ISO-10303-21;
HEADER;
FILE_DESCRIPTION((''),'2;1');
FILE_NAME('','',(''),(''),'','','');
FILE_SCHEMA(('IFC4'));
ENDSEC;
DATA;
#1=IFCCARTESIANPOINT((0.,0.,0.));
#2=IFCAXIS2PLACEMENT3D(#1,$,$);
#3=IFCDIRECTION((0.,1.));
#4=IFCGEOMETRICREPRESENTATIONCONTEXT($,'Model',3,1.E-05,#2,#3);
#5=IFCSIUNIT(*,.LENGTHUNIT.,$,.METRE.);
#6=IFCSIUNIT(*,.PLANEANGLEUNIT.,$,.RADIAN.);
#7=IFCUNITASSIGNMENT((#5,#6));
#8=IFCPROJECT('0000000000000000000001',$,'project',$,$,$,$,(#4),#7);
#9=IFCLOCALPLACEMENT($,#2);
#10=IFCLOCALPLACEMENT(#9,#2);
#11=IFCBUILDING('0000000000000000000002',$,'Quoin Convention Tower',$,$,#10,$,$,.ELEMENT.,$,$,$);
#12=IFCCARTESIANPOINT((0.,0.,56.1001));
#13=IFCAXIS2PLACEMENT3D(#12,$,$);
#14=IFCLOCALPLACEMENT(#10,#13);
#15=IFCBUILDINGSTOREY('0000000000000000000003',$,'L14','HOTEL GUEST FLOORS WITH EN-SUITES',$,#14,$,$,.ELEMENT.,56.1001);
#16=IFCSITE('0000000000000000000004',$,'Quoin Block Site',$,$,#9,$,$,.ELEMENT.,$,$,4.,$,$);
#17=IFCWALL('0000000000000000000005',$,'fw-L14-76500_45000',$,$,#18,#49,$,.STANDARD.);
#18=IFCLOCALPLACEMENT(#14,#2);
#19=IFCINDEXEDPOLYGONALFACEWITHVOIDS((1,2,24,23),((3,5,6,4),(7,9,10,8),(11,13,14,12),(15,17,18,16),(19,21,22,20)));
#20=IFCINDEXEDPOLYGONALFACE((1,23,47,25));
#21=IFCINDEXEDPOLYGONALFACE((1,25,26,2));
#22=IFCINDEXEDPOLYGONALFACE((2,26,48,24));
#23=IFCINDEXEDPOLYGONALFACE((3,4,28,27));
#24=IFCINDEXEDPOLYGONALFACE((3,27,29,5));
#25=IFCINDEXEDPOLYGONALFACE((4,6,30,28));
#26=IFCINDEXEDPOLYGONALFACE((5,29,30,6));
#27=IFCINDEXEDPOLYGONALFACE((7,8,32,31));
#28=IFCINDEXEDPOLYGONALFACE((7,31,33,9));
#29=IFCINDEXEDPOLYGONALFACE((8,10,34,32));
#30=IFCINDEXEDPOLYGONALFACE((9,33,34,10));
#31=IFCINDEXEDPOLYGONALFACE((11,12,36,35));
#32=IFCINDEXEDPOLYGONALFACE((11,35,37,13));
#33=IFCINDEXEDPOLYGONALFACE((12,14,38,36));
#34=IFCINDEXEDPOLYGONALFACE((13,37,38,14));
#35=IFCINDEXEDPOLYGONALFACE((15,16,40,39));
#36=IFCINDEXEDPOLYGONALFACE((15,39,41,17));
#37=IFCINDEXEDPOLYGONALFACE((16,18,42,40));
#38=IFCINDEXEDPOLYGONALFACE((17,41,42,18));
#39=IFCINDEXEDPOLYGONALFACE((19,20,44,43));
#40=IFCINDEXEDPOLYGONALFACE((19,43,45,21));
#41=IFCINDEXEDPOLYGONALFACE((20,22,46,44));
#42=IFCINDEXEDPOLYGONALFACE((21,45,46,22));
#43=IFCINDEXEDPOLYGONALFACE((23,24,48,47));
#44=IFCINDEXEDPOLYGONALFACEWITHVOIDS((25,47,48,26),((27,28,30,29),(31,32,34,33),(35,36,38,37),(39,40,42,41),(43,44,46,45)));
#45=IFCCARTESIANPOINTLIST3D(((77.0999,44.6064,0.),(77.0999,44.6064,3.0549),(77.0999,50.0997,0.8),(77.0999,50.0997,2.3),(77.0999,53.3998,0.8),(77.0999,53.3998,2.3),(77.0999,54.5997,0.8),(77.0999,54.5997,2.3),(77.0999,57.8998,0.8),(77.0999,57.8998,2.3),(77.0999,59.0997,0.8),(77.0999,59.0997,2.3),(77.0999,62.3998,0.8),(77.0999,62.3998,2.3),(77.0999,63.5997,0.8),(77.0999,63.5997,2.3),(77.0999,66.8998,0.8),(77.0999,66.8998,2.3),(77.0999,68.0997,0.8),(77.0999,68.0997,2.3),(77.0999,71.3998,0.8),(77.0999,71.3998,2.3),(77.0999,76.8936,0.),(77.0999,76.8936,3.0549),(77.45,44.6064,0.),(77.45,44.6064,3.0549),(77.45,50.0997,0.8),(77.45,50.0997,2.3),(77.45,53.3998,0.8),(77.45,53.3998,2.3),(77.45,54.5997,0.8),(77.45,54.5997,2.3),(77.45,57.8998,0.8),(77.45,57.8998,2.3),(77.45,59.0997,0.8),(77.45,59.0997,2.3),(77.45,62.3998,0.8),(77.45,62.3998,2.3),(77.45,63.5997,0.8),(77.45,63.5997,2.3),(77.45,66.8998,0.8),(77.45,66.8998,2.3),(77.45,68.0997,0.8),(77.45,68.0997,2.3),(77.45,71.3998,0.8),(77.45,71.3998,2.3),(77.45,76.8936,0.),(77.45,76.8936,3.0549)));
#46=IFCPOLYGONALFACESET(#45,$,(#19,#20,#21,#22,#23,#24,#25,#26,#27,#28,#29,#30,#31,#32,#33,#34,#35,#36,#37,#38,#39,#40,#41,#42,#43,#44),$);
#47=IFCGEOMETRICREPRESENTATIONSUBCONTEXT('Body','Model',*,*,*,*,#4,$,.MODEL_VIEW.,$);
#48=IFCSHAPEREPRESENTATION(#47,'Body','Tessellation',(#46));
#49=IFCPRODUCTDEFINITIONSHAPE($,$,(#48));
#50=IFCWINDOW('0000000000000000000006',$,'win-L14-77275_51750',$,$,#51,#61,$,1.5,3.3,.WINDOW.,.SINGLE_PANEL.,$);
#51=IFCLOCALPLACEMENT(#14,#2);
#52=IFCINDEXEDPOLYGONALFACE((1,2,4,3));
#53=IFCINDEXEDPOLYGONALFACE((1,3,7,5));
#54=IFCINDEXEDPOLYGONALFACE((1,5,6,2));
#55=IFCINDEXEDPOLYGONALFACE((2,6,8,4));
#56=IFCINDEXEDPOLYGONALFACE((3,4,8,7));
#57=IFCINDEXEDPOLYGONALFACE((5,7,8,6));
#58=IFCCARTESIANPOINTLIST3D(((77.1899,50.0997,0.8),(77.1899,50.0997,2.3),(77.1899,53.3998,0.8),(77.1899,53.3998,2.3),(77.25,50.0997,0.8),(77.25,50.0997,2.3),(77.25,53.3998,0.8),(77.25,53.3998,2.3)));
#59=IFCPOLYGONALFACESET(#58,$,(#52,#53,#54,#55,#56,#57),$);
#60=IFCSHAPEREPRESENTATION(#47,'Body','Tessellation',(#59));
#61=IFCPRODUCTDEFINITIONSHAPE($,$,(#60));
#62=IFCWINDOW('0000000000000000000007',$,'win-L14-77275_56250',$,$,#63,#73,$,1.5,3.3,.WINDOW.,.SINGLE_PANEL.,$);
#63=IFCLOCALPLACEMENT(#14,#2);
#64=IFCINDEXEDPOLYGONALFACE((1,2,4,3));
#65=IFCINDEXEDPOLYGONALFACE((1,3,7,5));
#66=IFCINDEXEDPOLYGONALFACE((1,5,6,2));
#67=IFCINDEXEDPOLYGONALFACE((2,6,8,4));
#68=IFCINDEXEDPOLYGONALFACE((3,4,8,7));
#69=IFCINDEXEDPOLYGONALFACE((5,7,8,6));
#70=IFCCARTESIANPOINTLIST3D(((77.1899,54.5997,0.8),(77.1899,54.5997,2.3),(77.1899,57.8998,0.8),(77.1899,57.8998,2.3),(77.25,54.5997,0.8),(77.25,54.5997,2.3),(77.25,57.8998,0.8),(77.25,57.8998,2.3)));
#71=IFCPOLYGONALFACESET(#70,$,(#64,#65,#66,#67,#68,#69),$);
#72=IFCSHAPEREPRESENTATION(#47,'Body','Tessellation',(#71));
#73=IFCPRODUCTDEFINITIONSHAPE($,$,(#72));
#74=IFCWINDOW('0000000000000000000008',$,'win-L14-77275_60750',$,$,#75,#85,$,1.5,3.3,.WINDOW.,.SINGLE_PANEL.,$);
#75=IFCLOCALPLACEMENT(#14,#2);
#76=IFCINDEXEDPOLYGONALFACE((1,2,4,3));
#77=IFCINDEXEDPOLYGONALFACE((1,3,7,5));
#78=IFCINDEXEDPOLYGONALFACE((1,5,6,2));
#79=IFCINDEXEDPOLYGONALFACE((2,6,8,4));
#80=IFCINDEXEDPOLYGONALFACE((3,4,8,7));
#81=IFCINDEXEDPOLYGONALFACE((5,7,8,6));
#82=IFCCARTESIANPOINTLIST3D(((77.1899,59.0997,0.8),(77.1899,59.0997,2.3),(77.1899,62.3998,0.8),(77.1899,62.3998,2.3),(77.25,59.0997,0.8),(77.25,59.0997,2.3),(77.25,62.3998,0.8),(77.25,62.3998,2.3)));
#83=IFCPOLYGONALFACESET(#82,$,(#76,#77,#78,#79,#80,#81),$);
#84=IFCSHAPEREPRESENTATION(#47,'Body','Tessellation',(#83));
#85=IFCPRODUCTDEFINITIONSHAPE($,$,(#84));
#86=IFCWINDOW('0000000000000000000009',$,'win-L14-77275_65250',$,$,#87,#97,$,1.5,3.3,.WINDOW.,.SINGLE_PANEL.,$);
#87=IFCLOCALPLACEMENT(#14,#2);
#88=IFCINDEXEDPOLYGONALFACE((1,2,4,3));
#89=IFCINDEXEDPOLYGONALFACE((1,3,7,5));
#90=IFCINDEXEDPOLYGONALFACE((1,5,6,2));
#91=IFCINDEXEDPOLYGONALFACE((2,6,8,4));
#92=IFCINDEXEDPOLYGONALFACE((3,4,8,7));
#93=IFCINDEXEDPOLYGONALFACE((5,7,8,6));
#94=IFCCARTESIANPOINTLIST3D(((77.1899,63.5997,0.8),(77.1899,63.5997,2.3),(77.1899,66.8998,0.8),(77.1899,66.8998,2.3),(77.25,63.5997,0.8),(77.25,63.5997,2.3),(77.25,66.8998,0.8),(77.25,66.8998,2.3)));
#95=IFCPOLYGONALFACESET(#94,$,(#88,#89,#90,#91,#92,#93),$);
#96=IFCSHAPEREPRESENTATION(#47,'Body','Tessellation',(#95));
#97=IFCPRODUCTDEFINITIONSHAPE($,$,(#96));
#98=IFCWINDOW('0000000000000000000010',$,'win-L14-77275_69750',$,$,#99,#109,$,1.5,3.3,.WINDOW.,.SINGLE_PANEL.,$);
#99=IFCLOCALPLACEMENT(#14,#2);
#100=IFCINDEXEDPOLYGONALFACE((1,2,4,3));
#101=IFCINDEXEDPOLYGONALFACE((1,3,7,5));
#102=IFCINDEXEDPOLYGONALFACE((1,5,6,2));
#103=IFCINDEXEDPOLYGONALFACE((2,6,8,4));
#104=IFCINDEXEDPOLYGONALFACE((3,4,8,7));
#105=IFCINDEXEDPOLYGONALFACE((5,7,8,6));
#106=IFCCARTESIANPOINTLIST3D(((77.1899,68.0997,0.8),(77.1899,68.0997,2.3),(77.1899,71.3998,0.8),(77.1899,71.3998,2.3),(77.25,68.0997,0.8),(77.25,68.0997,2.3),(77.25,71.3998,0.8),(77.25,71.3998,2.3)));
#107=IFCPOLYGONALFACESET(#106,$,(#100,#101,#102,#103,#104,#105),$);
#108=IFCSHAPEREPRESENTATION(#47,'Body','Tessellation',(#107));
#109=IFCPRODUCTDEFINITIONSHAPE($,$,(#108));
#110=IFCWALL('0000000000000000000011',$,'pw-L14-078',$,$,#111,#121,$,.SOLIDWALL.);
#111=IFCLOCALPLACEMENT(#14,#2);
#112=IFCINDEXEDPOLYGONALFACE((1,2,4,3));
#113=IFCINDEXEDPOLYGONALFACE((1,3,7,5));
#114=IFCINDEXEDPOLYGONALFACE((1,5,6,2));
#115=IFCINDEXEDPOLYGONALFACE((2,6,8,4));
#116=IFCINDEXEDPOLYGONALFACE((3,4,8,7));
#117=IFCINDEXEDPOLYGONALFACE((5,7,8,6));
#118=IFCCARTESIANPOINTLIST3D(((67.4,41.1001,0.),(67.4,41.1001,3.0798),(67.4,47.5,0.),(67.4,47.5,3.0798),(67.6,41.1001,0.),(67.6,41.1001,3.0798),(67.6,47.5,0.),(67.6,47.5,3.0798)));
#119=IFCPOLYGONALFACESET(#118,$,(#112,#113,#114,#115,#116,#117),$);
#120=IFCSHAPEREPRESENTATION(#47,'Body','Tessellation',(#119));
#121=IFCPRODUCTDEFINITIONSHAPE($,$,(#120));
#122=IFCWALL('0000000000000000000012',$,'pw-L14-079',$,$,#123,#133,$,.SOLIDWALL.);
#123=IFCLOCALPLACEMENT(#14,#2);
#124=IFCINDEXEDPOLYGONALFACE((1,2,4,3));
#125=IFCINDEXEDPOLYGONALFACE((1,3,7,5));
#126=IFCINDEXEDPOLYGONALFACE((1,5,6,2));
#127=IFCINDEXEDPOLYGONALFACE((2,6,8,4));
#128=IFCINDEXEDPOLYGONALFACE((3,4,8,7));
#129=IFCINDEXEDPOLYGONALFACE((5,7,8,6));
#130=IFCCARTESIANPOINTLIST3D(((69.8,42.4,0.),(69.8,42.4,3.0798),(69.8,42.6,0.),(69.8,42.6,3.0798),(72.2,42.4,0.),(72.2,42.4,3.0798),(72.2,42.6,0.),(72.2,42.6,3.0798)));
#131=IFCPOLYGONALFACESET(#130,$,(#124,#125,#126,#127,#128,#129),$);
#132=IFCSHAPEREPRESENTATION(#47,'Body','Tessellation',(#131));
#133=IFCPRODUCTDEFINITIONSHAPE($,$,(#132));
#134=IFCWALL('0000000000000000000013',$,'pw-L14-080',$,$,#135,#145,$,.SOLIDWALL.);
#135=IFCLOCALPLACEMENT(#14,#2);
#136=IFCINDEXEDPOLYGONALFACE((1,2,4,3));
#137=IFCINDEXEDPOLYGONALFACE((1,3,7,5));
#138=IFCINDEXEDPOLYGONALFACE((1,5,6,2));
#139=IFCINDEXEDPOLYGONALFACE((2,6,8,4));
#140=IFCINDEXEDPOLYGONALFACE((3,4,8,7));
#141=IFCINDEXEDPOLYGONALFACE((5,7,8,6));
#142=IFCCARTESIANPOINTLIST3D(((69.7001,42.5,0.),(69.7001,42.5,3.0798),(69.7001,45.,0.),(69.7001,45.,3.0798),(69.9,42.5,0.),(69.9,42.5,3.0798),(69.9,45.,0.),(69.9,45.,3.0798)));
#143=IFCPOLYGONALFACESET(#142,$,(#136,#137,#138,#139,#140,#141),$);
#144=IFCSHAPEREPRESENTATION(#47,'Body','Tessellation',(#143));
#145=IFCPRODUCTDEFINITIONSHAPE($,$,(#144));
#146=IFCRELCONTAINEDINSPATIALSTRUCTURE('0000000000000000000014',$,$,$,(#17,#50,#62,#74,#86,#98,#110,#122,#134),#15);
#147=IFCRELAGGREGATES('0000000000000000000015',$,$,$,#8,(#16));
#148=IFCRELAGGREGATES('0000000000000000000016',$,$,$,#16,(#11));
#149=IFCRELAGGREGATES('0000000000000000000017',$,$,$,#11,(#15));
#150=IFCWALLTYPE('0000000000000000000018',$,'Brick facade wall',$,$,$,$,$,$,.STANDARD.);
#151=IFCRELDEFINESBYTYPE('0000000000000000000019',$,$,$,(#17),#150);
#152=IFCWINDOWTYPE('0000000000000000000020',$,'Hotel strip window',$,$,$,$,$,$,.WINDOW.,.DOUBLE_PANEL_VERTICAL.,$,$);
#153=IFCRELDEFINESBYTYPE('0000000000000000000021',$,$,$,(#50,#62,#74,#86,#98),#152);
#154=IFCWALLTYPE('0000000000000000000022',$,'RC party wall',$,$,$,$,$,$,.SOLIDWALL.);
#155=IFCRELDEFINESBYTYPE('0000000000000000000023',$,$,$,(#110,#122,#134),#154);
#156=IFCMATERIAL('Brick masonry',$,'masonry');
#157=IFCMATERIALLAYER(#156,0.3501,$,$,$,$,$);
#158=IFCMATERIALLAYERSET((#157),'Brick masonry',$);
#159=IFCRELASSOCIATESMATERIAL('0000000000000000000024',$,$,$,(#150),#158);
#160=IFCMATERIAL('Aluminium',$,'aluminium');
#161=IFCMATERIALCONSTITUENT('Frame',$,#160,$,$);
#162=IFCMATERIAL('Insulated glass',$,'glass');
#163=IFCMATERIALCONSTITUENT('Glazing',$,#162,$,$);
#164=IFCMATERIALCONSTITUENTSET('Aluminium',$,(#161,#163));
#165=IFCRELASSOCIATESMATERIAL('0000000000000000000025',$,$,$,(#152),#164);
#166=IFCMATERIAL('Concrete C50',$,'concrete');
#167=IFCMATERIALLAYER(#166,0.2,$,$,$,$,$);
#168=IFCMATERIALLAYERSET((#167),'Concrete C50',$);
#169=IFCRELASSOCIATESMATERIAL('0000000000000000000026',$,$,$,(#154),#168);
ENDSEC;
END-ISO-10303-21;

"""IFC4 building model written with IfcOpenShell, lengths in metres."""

from ifc_helpers import new_model, si_unit, direction, frame, frame_2d, origin, place, context, subcontext, project, spatial, rectangle, extrude, material, layer, layer_set, constituent, constituent_set, type_object, element, fill, save


model = new_model("IFC4")

# Units and contexts
model_context = context("Model", 3, precision=1e-05, world=origin(), true_north=direction((0.0, 1.0)))
body_context = subcontext(model_context, "Body", "Model", "MODEL_VIEW")
ifc_project = project(units=[si_unit("LENGTHUNIT", "METRE"), si_unit("PLANEANGLEUNIT", "RADIAN")], contexts=[model_context])

# Site, building, storey
site_placement = place(None, origin())
site = spatial("IfcSite", under=ifc_project, at=site_placement, Name="Quoin Block Site", CompositionType="ELEMENT", RefElevation=4.0)
building_placement = place(site_placement, origin())
building = spatial("IfcBuilding", under=site, at=building_placement, Name="Quoin Convention Tower", CompositionType="ELEMENT")
storey_placement = place(building_placement, frame((0.0, 0.0, 56.1001)))
storey = spatial("IfcBuildingStorey", under=building, at=storey_placement, Name="L14", Description="HOTEL GUEST FLOORS WITH EN-SUITES", CompositionType="ELEMENT", Elevation=56.1001)

# Shared definitions
ifc_material_1 = material(Name="Brick masonry", Category="masonry")
ifc_layer_1 = layer(ifc_material_1, 0.3501)
ifc_layer_set_1 = layer_set([ifc_layer_1], Name="Brick masonry")
wall_type_1 = type_object("IfcWallType", Name="Brick facade wall", PredefinedType="STANDARD", material=ifc_layer_set_1)
ifc_material_2 = material(Name="Aluminium", Category="aluminium")
ifc_constituent_1 = constituent(ifc_material_2, Name="Frame")
ifc_material_3 = material(Name="Insulated glass", Category="glass")
ifc_constituent_2 = constituent(ifc_material_3, Name="Glazing")
ifc_constituent_set = constituent_set(constituents=[ifc_constituent_1, ifc_constituent_2], Name="Aluminium")
window_type = type_object("IfcWindowType", Name="Hotel strip window", PartitioningType="DOUBLE_PANEL_VERTICAL", PredefinedType="WINDOW", material=ifc_constituent_set)

# Wall, openings, windows
wall_1_placement = place(storey_placement, frame((77.2749, 44.6064, 0.0), z_axis=(0.0, 0.0, 1.0), x_axis=(0.0, 1.0, 0.0)))
wall_1 = element("IfcWall", 1, at=wall_1_placement, inside=storey, type_object=wall_type_1, Name="fw-L14-76500_45000", PredefinedType="STANDARD", context=body_context, shape_type="SweptSolid", body=[
    extrude(rectangle(XDim=32.2871, YDim=0.3501, at=frame_2d((16.1436, 0.0))), origin(), (0.0, 0.0, 1.0), 3.0549),
])
opening_1_placement = place(wall_1_placement, frame((5.4934, 0.0, 0.8)))
opening_1 = element("IfcOpeningElement", 2, at=opening_1_placement, cuts=wall_1, PredefinedType="OPENING", context=body_context, shape_type="SweptSolid", body=[
    extrude(rectangle(XDim=3.3, YDim=1.5, at=frame_2d((1.6499, 0.75))), frame((0.0, 0.1851, 0.0), z_axis=(0.0, -1.0, 0.0), x_axis=(1.0, 0.0, 0.0)), (0.0, 0.0, 1.0), 0.3701),
])
opening_2_placement = place(wall_1_placement, frame((9.9934, 0.0, 0.8)))
opening_2 = element("IfcOpeningElement", 3, at=opening_2_placement, cuts=wall_1, PredefinedType="OPENING", context=body_context, shape_type="SweptSolid", body=[
    extrude(rectangle(XDim=3.3, YDim=1.5, at=frame_2d((1.6499, 0.75))), frame((0.0, 0.1851, 0.0), z_axis=(0.0, -1.0, 0.0), x_axis=(1.0, 0.0, 0.0)), (0.0, 0.0, 1.0), 0.3701),
])
opening_3_placement = place(wall_1_placement, frame((14.4934, 0.0, 0.8)))
opening_3 = element("IfcOpeningElement", 4, at=opening_3_placement, cuts=wall_1, PredefinedType="OPENING", context=body_context, shape_type="SweptSolid", body=[
    extrude(rectangle(XDim=3.3, YDim=1.5, at=frame_2d((1.6499, 0.75))), frame((0.0, 0.1851, 0.0), z_axis=(0.0, -1.0, 0.0), x_axis=(1.0, 0.0, 0.0)), (0.0, 0.0, 1.0), 0.3701),
])
opening_4_placement = place(wall_1_placement, frame((18.9934, 0.0, 0.8)))
opening_4 = element("IfcOpeningElement", 5, at=opening_4_placement, cuts=wall_1, PredefinedType="OPENING", context=body_context, shape_type="SweptSolid", body=[
    extrude(rectangle(XDim=3.3, YDim=1.5, at=frame_2d((1.6499, 0.75))), frame((0.0, 0.1851, 0.0), z_axis=(0.0, -1.0, 0.0), x_axis=(1.0, 0.0, 0.0)), (0.0, 0.0, 1.0), 0.3701),
])
opening_5_placement = place(wall_1_placement, frame((23.4934, 0.0, 0.8)))
opening_5 = element("IfcOpeningElement", 6, at=opening_5_placement, cuts=wall_1, PredefinedType="OPENING", context=body_context, shape_type="SweptSolid", body=[
    extrude(rectangle(XDim=3.3, YDim=1.5, at=frame_2d((1.6499, 0.75))), frame((0.0, 0.1851, 0.0), z_axis=(0.0, -1.0, 0.0), x_axis=(1.0, 0.0, 0.0)), (0.0, 0.0, 1.0), 0.3701),
])
window_1_placement = place(opening_1_placement, origin())
window_1 = element("IfcWindow", 7, at=window_1_placement, inside=storey, type_object=window_type, Name="win-L14-77275_51750", OverallHeight=1.5, OverallWidth=3.3, PartitioningType="SINGLE_PANEL", PredefinedType="WINDOW", context=body_context, shape_type="SweptSolid", body=[
    extrude(rectangle(XDim=3.3, YDim=1.5, at=frame_2d((1.6499, 0.75))), frame((0.0, 0.085, 0.0), z_axis=(0.0, -1.0, 0.0), x_axis=(1.0, 0.0, 0.0)), (0.0, 0.0, 1.0), 0.0601),
])
fill(opening_1, window_1)
window_2_placement = place(opening_2_placement, origin())
window_2 = element("IfcWindow", 8, at=window_2_placement, inside=storey, type_object=window_type, Name="win-L14-77275_56250", OverallHeight=1.5, OverallWidth=3.3, PartitioningType="SINGLE_PANEL", PredefinedType="WINDOW", context=body_context, shape_type="SweptSolid", body=[
    extrude(rectangle(XDim=3.3, YDim=1.5, at=frame_2d((1.6499, 0.75))), frame((0.0, 0.085, 0.0), z_axis=(0.0, -1.0, 0.0), x_axis=(1.0, 0.0, 0.0)), (0.0, 0.0, 1.0), 0.0601),
])
fill(opening_2, window_2)
window_3_placement = place(opening_3_placement, origin())
window_3 = element("IfcWindow", 9, at=window_3_placement, inside=storey, type_object=window_type, Name="win-L14-77275_60750", OverallHeight=1.5, OverallWidth=3.3, PartitioningType="SINGLE_PANEL", PredefinedType="WINDOW", context=body_context, shape_type="SweptSolid", body=[
    extrude(rectangle(XDim=3.3, YDim=1.5, at=frame_2d((1.6499, 0.75))), frame((0.0, 0.085, 0.0), z_axis=(0.0, -1.0, 0.0), x_axis=(1.0, 0.0, 0.0)), (0.0, 0.0, 1.0), 0.0601),
])
fill(opening_3, window_3)
window_4_placement = place(opening_4_placement, origin())
window_4 = element("IfcWindow", 10, at=window_4_placement, inside=storey, type_object=window_type, Name="win-L14-77275_65250", OverallHeight=1.5, OverallWidth=3.3, PartitioningType="SINGLE_PANEL", PredefinedType="WINDOW", context=body_context, shape_type="SweptSolid", body=[
    extrude(rectangle(XDim=3.3, YDim=1.5, at=frame_2d((1.6499, 0.75))), frame((0.0, 0.085, 0.0), z_axis=(0.0, -1.0, 0.0), x_axis=(1.0, 0.0, 0.0)), (0.0, 0.0, 1.0), 0.0601),
])
fill(opening_4, window_4)
window_5_placement = place(opening_5_placement, origin())
window_5 = element("IfcWindow", 11, at=window_5_placement, inside=storey, type_object=window_type, Name="win-L14-77275_69750", OverallHeight=1.5, OverallWidth=3.3, PartitioningType="SINGLE_PANEL", PredefinedType="WINDOW", context=body_context, shape_type="SweptSolid", body=[
    extrude(rectangle(XDim=3.3, YDim=1.5, at=frame_2d((1.6499, 0.75))), frame((0.0, 0.085, 0.0), z_axis=(0.0, -1.0, 0.0), x_axis=(1.0, 0.0, 0.0)), (0.0, 0.0, 1.0), 0.0601),
])
fill(opening_5, window_5)

# Walls
ifc_material_4 = material(Name="Concrete C50", Category="concrete")
ifc_layer_2 = layer(ifc_material_4, 0.2)
ifc_layer_set_2 = layer_set([ifc_layer_2], Name="Concrete C50")
wall_type_2 = type_object("IfcWallType", Name="RC party wall", PredefinedType="SOLIDWALL", material=ifc_layer_set_2)
wall_2_placement = place(storey_placement, frame((67.5, 41.1001, 0.0), z_axis=(0.0, 0.0, 1.0), x_axis=(0.0, 1.0, 0.0)))
element("IfcWall", 12, at=wall_2_placement, inside=storey, type_object=wall_type_2, Name="pw-L14-078", PredefinedType="SOLIDWALL", context=body_context, shape_type="SweptSolid", body=[
    extrude(rectangle(XDim=6.3999, YDim=0.2, at=frame_2d((3.2, 0.0))), origin(), (0.0, 0.0, 1.0), 3.0798),
])
wall_3_placement = place(storey_placement, frame((69.8, 42.5, 0.0), z_axis=(0.0, 0.0, 1.0), x_axis=(1.0, 0.0, 0.0)))
element("IfcWall", 13, at=wall_3_placement, inside=storey, type_object=wall_type_2, Name="pw-L14-079", PredefinedType="SOLIDWALL", context=body_context, shape_type="SweptSolid", body=[
    extrude(rectangle(XDim=2.3999, YDim=0.2, at=frame_2d((1.2, 0.0))), origin(), (0.0, 0.0, 1.0), 3.0798),
])
wall_4_placement = place(storey_placement, frame((69.8, 42.5, 0.0), z_axis=(0.0, 0.0, 1.0), x_axis=(0.0, 1.0, 0.0)))
element("IfcWall", 14, at=wall_4_placement, inside=storey, type_object=wall_type_2, Name="pw-L14-080", PredefinedType="SOLIDWALL", context=body_context, shape_type="SweptSolid", body=[
    extrude(rectangle(XDim=2.5, YDim=0.2, at=frame_2d((1.25, 0.0))), origin(), (0.0, 0.0, 1.0), 3.0798),
])

save(model, "model.ifc")
